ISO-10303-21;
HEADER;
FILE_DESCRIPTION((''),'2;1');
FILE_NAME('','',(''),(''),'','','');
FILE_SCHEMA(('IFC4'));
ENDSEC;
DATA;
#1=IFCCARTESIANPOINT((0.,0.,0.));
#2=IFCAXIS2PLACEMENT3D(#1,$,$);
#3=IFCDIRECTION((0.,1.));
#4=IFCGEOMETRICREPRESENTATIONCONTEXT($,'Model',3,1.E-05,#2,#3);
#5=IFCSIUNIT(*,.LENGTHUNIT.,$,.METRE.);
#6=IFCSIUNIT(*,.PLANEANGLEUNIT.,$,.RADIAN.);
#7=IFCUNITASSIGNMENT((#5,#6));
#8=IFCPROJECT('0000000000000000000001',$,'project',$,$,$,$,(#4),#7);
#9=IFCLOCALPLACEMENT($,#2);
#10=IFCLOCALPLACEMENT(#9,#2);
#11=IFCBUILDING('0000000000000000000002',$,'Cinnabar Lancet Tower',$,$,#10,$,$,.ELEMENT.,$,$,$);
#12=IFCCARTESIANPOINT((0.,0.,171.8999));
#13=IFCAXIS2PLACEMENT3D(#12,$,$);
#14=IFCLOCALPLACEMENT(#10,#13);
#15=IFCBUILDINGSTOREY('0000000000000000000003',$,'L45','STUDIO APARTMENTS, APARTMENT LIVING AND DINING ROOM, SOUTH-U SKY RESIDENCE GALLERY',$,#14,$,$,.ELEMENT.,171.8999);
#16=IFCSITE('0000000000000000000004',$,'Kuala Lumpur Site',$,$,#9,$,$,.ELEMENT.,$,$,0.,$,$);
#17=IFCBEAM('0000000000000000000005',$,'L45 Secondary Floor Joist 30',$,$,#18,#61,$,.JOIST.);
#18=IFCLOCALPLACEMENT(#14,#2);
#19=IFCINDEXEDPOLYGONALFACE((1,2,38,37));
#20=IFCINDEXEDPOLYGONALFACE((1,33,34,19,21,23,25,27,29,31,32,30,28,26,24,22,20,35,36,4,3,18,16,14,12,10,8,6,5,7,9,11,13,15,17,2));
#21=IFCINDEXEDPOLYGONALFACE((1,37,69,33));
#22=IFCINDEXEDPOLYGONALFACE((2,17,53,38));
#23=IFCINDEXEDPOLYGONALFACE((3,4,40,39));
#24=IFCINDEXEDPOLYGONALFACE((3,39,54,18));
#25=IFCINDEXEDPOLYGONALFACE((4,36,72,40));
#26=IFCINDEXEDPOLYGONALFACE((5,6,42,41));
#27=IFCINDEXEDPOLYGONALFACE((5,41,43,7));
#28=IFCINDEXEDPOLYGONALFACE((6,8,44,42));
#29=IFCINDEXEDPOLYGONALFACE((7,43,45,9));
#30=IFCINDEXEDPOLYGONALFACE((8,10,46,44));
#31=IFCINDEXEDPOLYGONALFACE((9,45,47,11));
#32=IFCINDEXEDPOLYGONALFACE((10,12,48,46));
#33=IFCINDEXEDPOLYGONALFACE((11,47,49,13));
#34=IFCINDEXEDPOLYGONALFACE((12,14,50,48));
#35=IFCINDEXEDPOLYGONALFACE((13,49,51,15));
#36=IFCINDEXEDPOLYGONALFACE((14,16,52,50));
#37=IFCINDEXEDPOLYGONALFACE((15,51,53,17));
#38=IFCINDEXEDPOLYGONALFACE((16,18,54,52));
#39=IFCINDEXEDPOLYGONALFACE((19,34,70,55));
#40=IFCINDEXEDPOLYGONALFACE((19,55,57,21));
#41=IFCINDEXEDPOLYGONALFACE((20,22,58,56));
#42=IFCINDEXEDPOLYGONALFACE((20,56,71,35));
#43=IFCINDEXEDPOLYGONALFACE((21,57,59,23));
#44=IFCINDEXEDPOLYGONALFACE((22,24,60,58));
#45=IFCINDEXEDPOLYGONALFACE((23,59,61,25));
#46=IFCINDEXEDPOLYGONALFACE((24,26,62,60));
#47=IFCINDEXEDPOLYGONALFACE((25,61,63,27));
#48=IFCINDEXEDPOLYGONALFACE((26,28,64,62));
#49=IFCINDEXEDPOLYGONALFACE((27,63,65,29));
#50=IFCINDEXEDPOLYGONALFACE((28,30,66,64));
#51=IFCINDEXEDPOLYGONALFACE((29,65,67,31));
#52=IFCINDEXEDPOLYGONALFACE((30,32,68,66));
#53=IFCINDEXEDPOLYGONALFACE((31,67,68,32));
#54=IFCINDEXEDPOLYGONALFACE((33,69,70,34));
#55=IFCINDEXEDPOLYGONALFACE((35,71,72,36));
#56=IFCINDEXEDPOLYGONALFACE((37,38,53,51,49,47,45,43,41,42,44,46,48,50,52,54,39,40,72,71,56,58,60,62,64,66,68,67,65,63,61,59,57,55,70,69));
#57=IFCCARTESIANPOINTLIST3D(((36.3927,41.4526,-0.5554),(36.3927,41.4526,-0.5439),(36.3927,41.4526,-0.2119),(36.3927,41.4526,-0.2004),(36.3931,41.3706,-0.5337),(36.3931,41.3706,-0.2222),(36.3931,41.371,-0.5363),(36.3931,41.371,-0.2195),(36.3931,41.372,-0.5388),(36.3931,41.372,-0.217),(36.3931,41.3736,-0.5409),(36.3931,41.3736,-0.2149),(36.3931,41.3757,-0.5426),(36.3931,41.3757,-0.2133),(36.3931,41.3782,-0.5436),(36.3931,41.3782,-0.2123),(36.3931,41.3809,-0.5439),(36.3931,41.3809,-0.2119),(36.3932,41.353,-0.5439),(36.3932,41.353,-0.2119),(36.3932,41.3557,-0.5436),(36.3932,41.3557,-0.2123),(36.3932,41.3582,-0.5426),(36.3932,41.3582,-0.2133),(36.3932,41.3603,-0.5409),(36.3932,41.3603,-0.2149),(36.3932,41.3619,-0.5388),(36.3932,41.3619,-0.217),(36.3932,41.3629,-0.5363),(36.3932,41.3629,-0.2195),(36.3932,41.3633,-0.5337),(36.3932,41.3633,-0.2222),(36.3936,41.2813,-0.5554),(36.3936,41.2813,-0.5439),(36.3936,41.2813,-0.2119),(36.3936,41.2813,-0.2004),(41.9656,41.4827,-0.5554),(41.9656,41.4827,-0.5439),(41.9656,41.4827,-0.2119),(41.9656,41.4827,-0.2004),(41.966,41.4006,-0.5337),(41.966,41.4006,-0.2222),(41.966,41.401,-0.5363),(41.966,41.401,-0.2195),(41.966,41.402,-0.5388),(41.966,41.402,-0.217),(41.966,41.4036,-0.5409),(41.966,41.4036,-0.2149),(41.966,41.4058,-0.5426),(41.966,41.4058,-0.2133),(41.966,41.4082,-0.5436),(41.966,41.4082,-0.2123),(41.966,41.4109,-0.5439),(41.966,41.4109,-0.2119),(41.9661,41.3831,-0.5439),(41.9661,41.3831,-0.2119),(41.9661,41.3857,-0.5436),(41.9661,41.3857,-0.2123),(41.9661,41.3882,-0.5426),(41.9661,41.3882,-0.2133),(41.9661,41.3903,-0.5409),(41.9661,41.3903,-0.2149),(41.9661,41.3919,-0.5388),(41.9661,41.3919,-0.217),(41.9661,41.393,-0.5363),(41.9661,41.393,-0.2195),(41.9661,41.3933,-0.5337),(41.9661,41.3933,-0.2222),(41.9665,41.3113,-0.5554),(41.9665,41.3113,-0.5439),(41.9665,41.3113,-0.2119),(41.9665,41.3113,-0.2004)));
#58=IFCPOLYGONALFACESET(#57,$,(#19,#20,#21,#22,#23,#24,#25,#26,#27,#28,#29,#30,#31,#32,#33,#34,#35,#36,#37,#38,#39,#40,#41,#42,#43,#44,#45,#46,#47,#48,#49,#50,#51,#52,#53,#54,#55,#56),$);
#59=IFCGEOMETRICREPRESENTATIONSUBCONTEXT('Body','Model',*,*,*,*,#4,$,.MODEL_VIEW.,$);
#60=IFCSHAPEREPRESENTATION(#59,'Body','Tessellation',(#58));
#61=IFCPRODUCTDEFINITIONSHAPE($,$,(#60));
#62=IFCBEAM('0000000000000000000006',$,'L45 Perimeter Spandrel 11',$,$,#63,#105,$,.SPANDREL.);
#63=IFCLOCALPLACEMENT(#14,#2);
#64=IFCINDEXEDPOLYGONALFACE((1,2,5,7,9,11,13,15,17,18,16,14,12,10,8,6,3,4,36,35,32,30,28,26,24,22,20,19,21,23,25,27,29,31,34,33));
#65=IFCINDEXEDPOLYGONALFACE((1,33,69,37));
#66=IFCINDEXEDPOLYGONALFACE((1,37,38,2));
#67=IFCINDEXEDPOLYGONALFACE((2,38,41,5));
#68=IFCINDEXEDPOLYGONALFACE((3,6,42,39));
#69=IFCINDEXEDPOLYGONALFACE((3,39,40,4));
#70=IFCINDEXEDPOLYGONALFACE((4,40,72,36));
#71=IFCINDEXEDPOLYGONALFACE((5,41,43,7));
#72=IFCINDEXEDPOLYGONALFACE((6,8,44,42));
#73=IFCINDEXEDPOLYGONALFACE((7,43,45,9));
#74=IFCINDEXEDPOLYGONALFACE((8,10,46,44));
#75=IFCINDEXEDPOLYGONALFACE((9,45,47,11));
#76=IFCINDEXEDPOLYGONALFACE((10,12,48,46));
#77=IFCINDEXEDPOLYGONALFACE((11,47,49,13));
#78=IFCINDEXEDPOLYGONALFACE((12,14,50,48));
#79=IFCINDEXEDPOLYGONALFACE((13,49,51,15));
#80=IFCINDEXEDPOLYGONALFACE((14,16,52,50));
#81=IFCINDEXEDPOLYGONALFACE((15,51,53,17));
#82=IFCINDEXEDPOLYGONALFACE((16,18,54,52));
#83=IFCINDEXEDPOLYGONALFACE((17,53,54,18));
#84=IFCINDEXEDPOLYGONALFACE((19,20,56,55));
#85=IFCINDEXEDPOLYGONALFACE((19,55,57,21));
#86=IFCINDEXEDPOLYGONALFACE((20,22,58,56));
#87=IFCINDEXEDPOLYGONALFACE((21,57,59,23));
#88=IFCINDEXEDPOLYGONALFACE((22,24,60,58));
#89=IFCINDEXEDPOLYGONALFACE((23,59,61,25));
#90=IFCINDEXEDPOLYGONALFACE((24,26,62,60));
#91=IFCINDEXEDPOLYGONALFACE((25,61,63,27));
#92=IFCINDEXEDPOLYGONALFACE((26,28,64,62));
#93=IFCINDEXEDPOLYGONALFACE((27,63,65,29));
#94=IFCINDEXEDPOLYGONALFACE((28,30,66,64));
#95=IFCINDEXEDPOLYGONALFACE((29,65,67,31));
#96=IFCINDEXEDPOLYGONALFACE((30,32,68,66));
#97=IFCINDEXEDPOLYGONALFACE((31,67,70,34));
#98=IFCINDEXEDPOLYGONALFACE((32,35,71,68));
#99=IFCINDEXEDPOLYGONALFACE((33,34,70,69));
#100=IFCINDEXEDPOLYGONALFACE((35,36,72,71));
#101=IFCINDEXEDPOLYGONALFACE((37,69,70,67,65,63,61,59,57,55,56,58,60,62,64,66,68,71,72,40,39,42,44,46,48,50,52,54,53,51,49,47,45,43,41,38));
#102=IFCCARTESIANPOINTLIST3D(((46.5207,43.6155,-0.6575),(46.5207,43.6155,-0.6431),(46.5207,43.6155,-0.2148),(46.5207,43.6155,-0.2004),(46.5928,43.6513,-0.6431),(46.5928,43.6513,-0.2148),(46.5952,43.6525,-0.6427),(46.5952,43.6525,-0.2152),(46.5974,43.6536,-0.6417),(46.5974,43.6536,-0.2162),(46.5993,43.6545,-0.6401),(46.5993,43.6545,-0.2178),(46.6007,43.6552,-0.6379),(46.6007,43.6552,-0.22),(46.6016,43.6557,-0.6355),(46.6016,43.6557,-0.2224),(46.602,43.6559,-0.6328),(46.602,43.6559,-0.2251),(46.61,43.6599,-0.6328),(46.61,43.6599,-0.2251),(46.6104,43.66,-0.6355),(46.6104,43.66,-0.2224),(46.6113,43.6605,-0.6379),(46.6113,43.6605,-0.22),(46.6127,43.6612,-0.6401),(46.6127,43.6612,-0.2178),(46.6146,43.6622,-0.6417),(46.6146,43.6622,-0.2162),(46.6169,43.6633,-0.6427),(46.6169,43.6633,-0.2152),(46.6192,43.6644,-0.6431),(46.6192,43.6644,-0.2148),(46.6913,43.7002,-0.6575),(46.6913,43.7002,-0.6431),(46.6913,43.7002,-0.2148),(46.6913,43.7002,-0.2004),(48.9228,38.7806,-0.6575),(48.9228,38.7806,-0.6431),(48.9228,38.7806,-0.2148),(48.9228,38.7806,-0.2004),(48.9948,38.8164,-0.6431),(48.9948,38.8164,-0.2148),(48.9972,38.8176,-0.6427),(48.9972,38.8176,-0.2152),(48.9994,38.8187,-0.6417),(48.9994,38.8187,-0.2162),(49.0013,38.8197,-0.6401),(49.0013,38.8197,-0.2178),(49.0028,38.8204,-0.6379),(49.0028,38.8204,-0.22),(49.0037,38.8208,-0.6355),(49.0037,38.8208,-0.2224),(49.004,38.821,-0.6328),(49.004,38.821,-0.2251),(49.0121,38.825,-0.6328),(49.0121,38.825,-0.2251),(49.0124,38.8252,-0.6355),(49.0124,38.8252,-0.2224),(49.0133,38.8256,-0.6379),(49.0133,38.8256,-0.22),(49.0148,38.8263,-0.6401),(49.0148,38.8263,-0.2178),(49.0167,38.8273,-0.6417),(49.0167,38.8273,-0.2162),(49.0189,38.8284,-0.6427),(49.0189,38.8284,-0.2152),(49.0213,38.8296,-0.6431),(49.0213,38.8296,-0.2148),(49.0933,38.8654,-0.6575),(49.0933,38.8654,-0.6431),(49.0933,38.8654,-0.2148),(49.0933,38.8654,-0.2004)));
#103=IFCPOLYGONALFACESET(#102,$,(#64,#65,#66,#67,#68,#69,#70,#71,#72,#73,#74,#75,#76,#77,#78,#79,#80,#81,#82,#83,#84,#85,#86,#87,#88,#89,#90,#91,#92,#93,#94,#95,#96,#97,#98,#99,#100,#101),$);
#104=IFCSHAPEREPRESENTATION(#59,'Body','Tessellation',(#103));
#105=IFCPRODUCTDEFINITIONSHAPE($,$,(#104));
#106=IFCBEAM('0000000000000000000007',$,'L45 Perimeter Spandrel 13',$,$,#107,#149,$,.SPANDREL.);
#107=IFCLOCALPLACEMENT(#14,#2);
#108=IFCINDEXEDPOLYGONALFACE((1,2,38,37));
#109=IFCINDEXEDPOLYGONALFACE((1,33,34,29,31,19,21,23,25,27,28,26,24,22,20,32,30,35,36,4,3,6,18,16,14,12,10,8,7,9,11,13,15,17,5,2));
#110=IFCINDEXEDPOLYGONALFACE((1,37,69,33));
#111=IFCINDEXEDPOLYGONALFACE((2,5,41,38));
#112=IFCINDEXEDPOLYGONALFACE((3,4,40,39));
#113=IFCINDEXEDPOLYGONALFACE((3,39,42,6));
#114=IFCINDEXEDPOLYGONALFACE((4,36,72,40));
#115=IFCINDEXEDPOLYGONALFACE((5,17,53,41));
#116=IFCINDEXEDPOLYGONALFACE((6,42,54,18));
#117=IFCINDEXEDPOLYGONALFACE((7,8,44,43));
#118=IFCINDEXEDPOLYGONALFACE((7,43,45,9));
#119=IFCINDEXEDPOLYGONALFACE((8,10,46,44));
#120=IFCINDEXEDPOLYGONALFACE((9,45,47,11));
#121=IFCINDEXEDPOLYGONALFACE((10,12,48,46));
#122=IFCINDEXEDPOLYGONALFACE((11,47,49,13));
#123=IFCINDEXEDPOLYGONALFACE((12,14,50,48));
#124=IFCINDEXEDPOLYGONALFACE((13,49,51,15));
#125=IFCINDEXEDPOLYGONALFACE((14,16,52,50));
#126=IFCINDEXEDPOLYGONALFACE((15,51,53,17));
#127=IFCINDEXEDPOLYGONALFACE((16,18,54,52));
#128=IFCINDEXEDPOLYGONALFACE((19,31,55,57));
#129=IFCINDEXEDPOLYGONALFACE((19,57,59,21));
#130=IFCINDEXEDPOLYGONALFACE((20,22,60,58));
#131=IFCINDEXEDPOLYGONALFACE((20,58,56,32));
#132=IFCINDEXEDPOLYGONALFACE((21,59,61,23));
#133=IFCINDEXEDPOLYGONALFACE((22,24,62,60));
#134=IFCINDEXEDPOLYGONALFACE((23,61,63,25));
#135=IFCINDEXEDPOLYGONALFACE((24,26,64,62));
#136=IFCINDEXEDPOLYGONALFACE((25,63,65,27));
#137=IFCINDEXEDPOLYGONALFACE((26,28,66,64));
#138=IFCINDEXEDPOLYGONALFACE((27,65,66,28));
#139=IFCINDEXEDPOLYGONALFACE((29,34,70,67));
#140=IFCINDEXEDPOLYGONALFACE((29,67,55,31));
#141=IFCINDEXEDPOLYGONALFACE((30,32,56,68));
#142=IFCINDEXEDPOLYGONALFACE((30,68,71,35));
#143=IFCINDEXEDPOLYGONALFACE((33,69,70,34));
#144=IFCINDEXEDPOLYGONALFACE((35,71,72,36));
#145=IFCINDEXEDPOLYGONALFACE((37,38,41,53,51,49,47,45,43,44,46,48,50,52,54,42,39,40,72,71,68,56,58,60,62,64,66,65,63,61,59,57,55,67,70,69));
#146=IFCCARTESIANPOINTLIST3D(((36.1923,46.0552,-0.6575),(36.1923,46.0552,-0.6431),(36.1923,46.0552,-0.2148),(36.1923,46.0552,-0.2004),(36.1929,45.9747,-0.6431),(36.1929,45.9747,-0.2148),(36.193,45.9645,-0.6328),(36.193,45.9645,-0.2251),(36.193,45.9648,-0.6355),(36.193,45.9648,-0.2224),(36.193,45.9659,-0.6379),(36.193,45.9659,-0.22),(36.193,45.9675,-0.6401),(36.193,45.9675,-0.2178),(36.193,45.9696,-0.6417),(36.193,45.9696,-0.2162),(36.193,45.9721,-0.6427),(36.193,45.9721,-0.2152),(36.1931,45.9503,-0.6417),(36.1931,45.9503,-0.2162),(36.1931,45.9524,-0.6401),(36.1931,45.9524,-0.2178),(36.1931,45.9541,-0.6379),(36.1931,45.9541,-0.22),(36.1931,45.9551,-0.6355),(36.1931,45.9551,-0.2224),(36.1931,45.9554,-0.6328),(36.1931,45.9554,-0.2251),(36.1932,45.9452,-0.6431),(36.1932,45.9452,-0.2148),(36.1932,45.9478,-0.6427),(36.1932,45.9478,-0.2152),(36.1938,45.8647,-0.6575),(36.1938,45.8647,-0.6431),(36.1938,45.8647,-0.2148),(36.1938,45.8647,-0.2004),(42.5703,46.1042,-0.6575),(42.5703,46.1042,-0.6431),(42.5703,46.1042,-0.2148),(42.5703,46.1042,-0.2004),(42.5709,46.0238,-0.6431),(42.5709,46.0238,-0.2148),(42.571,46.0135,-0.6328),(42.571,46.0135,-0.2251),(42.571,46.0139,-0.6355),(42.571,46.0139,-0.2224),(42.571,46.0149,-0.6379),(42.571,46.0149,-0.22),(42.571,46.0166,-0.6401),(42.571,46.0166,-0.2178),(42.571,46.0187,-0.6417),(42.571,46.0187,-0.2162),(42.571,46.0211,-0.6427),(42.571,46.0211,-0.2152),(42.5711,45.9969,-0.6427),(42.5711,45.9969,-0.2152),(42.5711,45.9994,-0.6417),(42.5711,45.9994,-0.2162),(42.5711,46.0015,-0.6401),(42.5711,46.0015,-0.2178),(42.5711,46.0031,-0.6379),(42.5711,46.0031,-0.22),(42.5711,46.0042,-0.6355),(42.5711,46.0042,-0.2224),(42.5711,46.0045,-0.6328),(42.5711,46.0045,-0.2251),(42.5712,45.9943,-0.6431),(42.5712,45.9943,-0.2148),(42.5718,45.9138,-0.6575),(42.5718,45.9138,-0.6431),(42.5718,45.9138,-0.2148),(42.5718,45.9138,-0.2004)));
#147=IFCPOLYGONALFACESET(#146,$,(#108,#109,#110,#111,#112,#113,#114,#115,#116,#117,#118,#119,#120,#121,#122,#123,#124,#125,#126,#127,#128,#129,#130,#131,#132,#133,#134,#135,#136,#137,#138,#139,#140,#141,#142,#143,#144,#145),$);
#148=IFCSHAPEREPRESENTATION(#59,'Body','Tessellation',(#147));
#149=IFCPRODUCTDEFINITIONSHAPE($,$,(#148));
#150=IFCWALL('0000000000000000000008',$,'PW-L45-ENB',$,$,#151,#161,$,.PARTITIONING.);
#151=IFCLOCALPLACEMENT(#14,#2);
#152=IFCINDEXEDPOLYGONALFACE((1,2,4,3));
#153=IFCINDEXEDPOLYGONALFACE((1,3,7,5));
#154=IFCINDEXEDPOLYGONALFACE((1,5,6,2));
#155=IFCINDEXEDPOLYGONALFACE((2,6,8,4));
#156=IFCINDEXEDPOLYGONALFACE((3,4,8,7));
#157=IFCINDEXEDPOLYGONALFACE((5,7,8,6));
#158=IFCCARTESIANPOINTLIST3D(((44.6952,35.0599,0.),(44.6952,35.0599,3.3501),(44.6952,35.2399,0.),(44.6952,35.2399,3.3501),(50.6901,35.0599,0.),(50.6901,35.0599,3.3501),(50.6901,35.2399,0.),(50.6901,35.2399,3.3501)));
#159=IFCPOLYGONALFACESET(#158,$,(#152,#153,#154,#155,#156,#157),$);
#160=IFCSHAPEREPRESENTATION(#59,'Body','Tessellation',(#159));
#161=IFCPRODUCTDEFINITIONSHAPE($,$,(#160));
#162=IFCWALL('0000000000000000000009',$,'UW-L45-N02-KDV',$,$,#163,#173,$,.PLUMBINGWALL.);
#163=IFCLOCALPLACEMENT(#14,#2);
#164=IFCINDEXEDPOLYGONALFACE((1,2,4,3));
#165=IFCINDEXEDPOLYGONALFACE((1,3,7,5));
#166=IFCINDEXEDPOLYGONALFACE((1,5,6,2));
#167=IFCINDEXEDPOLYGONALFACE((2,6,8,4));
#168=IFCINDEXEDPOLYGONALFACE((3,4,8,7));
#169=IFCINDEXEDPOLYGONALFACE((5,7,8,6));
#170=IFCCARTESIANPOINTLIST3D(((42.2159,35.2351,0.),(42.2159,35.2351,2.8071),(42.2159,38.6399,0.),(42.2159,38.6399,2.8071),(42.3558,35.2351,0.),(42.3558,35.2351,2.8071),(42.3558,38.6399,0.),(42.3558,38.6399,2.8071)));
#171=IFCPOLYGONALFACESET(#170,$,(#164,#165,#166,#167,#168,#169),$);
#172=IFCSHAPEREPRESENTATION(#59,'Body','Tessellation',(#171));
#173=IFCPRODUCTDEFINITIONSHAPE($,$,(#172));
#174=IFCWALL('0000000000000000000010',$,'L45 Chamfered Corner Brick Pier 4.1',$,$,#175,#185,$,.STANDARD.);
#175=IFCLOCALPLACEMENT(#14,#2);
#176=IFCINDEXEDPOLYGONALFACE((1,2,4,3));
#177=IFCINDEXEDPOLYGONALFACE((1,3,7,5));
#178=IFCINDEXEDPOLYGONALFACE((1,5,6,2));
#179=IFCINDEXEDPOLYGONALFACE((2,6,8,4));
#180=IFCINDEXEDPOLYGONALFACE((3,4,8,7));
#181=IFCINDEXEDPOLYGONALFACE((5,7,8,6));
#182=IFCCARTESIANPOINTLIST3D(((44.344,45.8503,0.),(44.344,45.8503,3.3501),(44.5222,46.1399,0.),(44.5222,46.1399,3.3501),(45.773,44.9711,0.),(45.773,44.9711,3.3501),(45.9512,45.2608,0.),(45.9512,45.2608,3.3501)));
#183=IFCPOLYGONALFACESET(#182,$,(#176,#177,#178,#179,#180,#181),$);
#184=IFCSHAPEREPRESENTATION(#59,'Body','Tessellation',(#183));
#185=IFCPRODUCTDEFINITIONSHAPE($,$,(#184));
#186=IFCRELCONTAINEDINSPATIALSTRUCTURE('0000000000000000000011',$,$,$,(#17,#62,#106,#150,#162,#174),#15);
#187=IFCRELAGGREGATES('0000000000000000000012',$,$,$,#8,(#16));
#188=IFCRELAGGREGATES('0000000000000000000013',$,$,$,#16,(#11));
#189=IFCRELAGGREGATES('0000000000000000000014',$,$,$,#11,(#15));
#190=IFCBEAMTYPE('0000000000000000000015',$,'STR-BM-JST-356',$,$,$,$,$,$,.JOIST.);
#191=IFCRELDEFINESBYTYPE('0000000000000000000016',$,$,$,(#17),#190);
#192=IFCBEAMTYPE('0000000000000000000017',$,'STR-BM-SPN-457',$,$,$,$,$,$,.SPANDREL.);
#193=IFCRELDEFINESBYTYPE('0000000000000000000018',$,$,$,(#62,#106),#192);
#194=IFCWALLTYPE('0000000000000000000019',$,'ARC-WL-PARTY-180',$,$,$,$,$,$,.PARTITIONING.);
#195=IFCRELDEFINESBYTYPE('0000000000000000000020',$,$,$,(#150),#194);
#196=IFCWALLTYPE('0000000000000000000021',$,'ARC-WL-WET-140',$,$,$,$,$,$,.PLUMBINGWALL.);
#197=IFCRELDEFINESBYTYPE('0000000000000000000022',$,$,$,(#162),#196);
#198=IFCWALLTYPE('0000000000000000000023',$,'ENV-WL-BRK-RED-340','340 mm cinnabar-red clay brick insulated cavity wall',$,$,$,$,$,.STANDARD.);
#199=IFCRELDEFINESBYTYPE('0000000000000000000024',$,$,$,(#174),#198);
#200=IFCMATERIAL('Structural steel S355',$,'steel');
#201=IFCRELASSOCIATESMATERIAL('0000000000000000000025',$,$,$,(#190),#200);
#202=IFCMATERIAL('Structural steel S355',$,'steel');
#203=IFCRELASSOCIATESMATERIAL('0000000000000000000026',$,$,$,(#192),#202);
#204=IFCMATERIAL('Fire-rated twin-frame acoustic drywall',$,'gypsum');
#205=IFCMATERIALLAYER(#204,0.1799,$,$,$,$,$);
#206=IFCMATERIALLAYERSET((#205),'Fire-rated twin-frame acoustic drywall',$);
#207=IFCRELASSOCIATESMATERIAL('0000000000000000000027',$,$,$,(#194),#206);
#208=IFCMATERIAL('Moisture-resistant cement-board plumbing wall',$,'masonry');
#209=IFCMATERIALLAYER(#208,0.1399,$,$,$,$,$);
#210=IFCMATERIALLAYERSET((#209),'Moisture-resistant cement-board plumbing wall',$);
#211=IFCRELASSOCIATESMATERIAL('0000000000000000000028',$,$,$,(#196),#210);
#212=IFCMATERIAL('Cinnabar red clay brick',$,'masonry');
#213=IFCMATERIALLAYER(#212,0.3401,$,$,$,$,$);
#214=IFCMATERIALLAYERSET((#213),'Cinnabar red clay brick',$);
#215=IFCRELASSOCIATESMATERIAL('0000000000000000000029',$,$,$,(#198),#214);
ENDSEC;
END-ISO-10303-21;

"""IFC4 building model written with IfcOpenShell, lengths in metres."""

from ifc_helpers import new_model, si_unit, direction, frame, frame_2d, origin, origin_2d, place, context, subcontext, project, spatial, rectangle, i_section, extrude, material, layer, layer_set, material_profile, profile_set, type_object, element, save


model = new_model("IFC4")

# Units and contexts
model_context = context("Model", 3, precision=1e-05, world=origin(), true_north=direction((0.0, 1.0)))
body_context = subcontext(model_context, "Body", "Model", "MODEL_VIEW")
ifc_project = project(units=[si_unit("LENGTHUNIT", "METRE"), si_unit("PLANEANGLEUNIT", "RADIAN")], contexts=[model_context])

# Site, building, storey
site_placement = place(None, origin())
site = spatial("IfcSite", under=ifc_project, at=site_placement, Name="Kuala Lumpur Site", CompositionType="ELEMENT", RefElevation=0.0)
building_placement = place(site_placement, origin())
building = spatial("IfcBuilding", under=site, at=building_placement, Name="Cinnabar Lancet Tower", CompositionType="ELEMENT")
storey_placement = place(building_placement, frame((0.0, 0.0, 171.8999)))
storey = spatial("IfcBuildingStorey", under=building, at=storey_placement, Name="L45", Description="STUDIO APARTMENTS, APARTMENT LIVING AND DINING ROOM, SOUTH-U SKY RESIDENCE GALLERY", CompositionType="ELEMENT", Elevation=171.8999)

# Beams
ifc_material_1 = material(Name="Structural steel S355", Category="steel")
ifc_material_profile_1 = material_profile(ifc_material_1, i_section(OverallWidth=0.1714, OverallDepth=0.355, WebThickness=0.0073, FlangeThickness=0.0115, FilletRadius=0.0103, at=origin_2d()), Name="UKB 356x171x51")
ifc_profile_set_1 = profile_set([ifc_material_profile_1], Name="Structural steel S355")
beam_type_1 = type_object("IfcBeamType", Name="STR-BM-JST-356", PredefinedType="JOIST", material=ifc_profile_set_1)
beam_1_placement = place(storey_placement, frame((41.9661, 41.397, -0.3779), z_axis=(-0.999985, -0.005388, 0.0), x_axis=(0.005388, -0.999985, 0.0)))
element("IfcBeam", 1, at=beam_1_placement, inside=storey, type_object=beam_type_1, Name="L45 Secondary Floor Joist 30", PredefinedType="JOIST", context=body_context, shape_type="SweptSolid", body=[
    extrude(i_section(OverallWidth=0.1714, OverallDepth=0.355, WebThickness=0.0073, FlangeThickness=0.0115, FilletRadius=0.0103, at=origin_2d()), origin(), (0.0, 0.0, 1.0), 5.573),
])
ifc_material_2 = material(Name="Structural steel S355", Category="steel")
ifc_material_profile_2 = material_profile(ifc_material_2, i_section(OverallWidth=0.1904, OverallDepth=0.457, WebThickness=0.009, FlangeThickness=0.0144, FilletRadius=0.0103, at=origin_2d()), Name="UKB 457x191x74")
ifc_profile_set_2 = profile_set([ifc_material_profile_2], Name="Structural steel S355")
beam_type_2 = type_object("IfcBeamType", Name="STR-BM-SPN-457", PredefinedType="SPANDREL", material=ifc_profile_set_2)
beam_2_placement = place(storey_placement, frame((49.0081, 38.823, -0.429), z_axis=(-0.444933, 0.895564, 0.0), x_axis=(-0.895564, -0.444933, 0.0)))
element("IfcBeam", 2, at=beam_2_placement, inside=storey, type_object=beam_type_2, Name="L45 Perimeter Spandrel 11", PredefinedType="SPANDREL", context=body_context, shape_type="SweptSolid", body=[
    extrude(i_section(OverallWidth=0.1904, OverallDepth=0.457, WebThickness=0.009, FlangeThickness=0.0144, FilletRadius=0.0103, at=origin_2d()), origin(), (0.0, 0.0, 1.0), 5.3987),
])
beam_3_placement = place(storey_placement, frame((42.571, 46.009, -0.429), z_axis=(-0.99997, -0.007694, 0.0), x_axis=(0.007694, -0.99997, 0.0)))
element("IfcBeam", 3, at=beam_3_placement, inside=storey, type_object=beam_type_2, Name="L45 Perimeter Spandrel 13", PredefinedType="SPANDREL", context=body_context, shape_type="SweptSolid", body=[
    extrude(i_section(OverallWidth=0.1904, OverallDepth=0.457, WebThickness=0.009, FlangeThickness=0.0144, FilletRadius=0.0103, at=origin_2d()), origin(), (0.0, 0.0, 1.0), 6.3782),
])

# Walls
ifc_material_3 = material(Name="Fire-rated twin-frame acoustic drywall", Category="gypsum")
ifc_layer_1 = layer(ifc_material_3, 0.1799)
ifc_layer_set_1 = layer_set([ifc_layer_1], Name="Fire-rated twin-frame acoustic drywall")
wall_type_1 = type_object("IfcWallType", Name="ARC-WL-PARTY-180", PredefinedType="PARTITIONING", material=ifc_layer_set_1)
wall_1_placement = place(storey_placement, frame((44.6951, 35.1499, 0.0), z_axis=(0.0, 0.0, 1.0), x_axis=(1.0, 0.0, 0.0)))
element("IfcWall", 4, at=wall_1_placement, inside=storey, type_object=wall_type_1, Name="PW-L45-ENB", PredefinedType="PARTITIONING", context=body_context, shape_type="SweptSolid", body=[
    extrude(rectangle(XDim=5.9949, YDim=0.1799, at=frame_2d((2.9976, 0.0))), origin(), (0.0, 0.0, 1.0), 3.3501),
])
ifc_material_4 = material(Name="Moisture-resistant cement-board plumbing wall", Category="masonry")
ifc_layer_2 = layer(ifc_material_4, 0.1399)
ifc_layer_set_2 = layer_set([ifc_layer_2], Name="Moisture-resistant cement-board plumbing wall")
wall_type_2 = type_object("IfcWallType", Name="ARC-WL-WET-140", PredefinedType="PLUMBINGWALL", material=ifc_layer_set_2)
wall_2_placement = place(storey_placement, frame((42.2859, 35.2351, 0.0), z_axis=(0.0, 0.0, 1.0), x_axis=(0.0, 1.0, 0.0)))
element("IfcWall", 5, at=wall_2_placement, inside=storey, type_object=wall_type_2, Name="UW-L45-N02-KDV", PredefinedType="PLUMBINGWALL", context=body_context, shape_type="SweptSolid", body=[
    extrude(rectangle(XDim=3.4048, YDim=0.1399, at=frame_2d((1.7024, 0.0))), origin(), (0.0, 0.0, 1.0), 2.8071),
])
ifc_material_5 = material(Name="Cinnabar red clay brick", Category="masonry")
ifc_layer_3 = layer(ifc_material_5, 0.3401)
ifc_layer_set_3 = layer_set([ifc_layer_3], Name="Cinnabar red clay brick")
wall_type_3 = type_object("IfcWallType", Name="ENV-WL-BRK-RED-340", Description="340 mm cinnabar-red clay brick insulated cavity wall", PredefinedType="STANDARD", material=ifc_layer_set_3)
wall_3_placement = place(storey_placement, frame((45.8621, 45.116, 0.0), z_axis=(0.0, 0.0, 1.0), x_axis=(-0.851713, 0.524008, 0.0)))
element("IfcWall", 6, at=wall_3_placement, inside=storey, type_object=wall_type_3, Name="L45 Chamfered Corner Brick Pier 4.1", PredefinedType="STANDARD", context=body_context, shape_type="SweptSolid", body=[
    extrude(rectangle(XDim=1.6777, YDim=0.3401, at=frame_2d((0.8389, 0.0))), origin(), (0.0, 0.0, 1.0), 3.3501),
])

save(model, "model.ifc")
